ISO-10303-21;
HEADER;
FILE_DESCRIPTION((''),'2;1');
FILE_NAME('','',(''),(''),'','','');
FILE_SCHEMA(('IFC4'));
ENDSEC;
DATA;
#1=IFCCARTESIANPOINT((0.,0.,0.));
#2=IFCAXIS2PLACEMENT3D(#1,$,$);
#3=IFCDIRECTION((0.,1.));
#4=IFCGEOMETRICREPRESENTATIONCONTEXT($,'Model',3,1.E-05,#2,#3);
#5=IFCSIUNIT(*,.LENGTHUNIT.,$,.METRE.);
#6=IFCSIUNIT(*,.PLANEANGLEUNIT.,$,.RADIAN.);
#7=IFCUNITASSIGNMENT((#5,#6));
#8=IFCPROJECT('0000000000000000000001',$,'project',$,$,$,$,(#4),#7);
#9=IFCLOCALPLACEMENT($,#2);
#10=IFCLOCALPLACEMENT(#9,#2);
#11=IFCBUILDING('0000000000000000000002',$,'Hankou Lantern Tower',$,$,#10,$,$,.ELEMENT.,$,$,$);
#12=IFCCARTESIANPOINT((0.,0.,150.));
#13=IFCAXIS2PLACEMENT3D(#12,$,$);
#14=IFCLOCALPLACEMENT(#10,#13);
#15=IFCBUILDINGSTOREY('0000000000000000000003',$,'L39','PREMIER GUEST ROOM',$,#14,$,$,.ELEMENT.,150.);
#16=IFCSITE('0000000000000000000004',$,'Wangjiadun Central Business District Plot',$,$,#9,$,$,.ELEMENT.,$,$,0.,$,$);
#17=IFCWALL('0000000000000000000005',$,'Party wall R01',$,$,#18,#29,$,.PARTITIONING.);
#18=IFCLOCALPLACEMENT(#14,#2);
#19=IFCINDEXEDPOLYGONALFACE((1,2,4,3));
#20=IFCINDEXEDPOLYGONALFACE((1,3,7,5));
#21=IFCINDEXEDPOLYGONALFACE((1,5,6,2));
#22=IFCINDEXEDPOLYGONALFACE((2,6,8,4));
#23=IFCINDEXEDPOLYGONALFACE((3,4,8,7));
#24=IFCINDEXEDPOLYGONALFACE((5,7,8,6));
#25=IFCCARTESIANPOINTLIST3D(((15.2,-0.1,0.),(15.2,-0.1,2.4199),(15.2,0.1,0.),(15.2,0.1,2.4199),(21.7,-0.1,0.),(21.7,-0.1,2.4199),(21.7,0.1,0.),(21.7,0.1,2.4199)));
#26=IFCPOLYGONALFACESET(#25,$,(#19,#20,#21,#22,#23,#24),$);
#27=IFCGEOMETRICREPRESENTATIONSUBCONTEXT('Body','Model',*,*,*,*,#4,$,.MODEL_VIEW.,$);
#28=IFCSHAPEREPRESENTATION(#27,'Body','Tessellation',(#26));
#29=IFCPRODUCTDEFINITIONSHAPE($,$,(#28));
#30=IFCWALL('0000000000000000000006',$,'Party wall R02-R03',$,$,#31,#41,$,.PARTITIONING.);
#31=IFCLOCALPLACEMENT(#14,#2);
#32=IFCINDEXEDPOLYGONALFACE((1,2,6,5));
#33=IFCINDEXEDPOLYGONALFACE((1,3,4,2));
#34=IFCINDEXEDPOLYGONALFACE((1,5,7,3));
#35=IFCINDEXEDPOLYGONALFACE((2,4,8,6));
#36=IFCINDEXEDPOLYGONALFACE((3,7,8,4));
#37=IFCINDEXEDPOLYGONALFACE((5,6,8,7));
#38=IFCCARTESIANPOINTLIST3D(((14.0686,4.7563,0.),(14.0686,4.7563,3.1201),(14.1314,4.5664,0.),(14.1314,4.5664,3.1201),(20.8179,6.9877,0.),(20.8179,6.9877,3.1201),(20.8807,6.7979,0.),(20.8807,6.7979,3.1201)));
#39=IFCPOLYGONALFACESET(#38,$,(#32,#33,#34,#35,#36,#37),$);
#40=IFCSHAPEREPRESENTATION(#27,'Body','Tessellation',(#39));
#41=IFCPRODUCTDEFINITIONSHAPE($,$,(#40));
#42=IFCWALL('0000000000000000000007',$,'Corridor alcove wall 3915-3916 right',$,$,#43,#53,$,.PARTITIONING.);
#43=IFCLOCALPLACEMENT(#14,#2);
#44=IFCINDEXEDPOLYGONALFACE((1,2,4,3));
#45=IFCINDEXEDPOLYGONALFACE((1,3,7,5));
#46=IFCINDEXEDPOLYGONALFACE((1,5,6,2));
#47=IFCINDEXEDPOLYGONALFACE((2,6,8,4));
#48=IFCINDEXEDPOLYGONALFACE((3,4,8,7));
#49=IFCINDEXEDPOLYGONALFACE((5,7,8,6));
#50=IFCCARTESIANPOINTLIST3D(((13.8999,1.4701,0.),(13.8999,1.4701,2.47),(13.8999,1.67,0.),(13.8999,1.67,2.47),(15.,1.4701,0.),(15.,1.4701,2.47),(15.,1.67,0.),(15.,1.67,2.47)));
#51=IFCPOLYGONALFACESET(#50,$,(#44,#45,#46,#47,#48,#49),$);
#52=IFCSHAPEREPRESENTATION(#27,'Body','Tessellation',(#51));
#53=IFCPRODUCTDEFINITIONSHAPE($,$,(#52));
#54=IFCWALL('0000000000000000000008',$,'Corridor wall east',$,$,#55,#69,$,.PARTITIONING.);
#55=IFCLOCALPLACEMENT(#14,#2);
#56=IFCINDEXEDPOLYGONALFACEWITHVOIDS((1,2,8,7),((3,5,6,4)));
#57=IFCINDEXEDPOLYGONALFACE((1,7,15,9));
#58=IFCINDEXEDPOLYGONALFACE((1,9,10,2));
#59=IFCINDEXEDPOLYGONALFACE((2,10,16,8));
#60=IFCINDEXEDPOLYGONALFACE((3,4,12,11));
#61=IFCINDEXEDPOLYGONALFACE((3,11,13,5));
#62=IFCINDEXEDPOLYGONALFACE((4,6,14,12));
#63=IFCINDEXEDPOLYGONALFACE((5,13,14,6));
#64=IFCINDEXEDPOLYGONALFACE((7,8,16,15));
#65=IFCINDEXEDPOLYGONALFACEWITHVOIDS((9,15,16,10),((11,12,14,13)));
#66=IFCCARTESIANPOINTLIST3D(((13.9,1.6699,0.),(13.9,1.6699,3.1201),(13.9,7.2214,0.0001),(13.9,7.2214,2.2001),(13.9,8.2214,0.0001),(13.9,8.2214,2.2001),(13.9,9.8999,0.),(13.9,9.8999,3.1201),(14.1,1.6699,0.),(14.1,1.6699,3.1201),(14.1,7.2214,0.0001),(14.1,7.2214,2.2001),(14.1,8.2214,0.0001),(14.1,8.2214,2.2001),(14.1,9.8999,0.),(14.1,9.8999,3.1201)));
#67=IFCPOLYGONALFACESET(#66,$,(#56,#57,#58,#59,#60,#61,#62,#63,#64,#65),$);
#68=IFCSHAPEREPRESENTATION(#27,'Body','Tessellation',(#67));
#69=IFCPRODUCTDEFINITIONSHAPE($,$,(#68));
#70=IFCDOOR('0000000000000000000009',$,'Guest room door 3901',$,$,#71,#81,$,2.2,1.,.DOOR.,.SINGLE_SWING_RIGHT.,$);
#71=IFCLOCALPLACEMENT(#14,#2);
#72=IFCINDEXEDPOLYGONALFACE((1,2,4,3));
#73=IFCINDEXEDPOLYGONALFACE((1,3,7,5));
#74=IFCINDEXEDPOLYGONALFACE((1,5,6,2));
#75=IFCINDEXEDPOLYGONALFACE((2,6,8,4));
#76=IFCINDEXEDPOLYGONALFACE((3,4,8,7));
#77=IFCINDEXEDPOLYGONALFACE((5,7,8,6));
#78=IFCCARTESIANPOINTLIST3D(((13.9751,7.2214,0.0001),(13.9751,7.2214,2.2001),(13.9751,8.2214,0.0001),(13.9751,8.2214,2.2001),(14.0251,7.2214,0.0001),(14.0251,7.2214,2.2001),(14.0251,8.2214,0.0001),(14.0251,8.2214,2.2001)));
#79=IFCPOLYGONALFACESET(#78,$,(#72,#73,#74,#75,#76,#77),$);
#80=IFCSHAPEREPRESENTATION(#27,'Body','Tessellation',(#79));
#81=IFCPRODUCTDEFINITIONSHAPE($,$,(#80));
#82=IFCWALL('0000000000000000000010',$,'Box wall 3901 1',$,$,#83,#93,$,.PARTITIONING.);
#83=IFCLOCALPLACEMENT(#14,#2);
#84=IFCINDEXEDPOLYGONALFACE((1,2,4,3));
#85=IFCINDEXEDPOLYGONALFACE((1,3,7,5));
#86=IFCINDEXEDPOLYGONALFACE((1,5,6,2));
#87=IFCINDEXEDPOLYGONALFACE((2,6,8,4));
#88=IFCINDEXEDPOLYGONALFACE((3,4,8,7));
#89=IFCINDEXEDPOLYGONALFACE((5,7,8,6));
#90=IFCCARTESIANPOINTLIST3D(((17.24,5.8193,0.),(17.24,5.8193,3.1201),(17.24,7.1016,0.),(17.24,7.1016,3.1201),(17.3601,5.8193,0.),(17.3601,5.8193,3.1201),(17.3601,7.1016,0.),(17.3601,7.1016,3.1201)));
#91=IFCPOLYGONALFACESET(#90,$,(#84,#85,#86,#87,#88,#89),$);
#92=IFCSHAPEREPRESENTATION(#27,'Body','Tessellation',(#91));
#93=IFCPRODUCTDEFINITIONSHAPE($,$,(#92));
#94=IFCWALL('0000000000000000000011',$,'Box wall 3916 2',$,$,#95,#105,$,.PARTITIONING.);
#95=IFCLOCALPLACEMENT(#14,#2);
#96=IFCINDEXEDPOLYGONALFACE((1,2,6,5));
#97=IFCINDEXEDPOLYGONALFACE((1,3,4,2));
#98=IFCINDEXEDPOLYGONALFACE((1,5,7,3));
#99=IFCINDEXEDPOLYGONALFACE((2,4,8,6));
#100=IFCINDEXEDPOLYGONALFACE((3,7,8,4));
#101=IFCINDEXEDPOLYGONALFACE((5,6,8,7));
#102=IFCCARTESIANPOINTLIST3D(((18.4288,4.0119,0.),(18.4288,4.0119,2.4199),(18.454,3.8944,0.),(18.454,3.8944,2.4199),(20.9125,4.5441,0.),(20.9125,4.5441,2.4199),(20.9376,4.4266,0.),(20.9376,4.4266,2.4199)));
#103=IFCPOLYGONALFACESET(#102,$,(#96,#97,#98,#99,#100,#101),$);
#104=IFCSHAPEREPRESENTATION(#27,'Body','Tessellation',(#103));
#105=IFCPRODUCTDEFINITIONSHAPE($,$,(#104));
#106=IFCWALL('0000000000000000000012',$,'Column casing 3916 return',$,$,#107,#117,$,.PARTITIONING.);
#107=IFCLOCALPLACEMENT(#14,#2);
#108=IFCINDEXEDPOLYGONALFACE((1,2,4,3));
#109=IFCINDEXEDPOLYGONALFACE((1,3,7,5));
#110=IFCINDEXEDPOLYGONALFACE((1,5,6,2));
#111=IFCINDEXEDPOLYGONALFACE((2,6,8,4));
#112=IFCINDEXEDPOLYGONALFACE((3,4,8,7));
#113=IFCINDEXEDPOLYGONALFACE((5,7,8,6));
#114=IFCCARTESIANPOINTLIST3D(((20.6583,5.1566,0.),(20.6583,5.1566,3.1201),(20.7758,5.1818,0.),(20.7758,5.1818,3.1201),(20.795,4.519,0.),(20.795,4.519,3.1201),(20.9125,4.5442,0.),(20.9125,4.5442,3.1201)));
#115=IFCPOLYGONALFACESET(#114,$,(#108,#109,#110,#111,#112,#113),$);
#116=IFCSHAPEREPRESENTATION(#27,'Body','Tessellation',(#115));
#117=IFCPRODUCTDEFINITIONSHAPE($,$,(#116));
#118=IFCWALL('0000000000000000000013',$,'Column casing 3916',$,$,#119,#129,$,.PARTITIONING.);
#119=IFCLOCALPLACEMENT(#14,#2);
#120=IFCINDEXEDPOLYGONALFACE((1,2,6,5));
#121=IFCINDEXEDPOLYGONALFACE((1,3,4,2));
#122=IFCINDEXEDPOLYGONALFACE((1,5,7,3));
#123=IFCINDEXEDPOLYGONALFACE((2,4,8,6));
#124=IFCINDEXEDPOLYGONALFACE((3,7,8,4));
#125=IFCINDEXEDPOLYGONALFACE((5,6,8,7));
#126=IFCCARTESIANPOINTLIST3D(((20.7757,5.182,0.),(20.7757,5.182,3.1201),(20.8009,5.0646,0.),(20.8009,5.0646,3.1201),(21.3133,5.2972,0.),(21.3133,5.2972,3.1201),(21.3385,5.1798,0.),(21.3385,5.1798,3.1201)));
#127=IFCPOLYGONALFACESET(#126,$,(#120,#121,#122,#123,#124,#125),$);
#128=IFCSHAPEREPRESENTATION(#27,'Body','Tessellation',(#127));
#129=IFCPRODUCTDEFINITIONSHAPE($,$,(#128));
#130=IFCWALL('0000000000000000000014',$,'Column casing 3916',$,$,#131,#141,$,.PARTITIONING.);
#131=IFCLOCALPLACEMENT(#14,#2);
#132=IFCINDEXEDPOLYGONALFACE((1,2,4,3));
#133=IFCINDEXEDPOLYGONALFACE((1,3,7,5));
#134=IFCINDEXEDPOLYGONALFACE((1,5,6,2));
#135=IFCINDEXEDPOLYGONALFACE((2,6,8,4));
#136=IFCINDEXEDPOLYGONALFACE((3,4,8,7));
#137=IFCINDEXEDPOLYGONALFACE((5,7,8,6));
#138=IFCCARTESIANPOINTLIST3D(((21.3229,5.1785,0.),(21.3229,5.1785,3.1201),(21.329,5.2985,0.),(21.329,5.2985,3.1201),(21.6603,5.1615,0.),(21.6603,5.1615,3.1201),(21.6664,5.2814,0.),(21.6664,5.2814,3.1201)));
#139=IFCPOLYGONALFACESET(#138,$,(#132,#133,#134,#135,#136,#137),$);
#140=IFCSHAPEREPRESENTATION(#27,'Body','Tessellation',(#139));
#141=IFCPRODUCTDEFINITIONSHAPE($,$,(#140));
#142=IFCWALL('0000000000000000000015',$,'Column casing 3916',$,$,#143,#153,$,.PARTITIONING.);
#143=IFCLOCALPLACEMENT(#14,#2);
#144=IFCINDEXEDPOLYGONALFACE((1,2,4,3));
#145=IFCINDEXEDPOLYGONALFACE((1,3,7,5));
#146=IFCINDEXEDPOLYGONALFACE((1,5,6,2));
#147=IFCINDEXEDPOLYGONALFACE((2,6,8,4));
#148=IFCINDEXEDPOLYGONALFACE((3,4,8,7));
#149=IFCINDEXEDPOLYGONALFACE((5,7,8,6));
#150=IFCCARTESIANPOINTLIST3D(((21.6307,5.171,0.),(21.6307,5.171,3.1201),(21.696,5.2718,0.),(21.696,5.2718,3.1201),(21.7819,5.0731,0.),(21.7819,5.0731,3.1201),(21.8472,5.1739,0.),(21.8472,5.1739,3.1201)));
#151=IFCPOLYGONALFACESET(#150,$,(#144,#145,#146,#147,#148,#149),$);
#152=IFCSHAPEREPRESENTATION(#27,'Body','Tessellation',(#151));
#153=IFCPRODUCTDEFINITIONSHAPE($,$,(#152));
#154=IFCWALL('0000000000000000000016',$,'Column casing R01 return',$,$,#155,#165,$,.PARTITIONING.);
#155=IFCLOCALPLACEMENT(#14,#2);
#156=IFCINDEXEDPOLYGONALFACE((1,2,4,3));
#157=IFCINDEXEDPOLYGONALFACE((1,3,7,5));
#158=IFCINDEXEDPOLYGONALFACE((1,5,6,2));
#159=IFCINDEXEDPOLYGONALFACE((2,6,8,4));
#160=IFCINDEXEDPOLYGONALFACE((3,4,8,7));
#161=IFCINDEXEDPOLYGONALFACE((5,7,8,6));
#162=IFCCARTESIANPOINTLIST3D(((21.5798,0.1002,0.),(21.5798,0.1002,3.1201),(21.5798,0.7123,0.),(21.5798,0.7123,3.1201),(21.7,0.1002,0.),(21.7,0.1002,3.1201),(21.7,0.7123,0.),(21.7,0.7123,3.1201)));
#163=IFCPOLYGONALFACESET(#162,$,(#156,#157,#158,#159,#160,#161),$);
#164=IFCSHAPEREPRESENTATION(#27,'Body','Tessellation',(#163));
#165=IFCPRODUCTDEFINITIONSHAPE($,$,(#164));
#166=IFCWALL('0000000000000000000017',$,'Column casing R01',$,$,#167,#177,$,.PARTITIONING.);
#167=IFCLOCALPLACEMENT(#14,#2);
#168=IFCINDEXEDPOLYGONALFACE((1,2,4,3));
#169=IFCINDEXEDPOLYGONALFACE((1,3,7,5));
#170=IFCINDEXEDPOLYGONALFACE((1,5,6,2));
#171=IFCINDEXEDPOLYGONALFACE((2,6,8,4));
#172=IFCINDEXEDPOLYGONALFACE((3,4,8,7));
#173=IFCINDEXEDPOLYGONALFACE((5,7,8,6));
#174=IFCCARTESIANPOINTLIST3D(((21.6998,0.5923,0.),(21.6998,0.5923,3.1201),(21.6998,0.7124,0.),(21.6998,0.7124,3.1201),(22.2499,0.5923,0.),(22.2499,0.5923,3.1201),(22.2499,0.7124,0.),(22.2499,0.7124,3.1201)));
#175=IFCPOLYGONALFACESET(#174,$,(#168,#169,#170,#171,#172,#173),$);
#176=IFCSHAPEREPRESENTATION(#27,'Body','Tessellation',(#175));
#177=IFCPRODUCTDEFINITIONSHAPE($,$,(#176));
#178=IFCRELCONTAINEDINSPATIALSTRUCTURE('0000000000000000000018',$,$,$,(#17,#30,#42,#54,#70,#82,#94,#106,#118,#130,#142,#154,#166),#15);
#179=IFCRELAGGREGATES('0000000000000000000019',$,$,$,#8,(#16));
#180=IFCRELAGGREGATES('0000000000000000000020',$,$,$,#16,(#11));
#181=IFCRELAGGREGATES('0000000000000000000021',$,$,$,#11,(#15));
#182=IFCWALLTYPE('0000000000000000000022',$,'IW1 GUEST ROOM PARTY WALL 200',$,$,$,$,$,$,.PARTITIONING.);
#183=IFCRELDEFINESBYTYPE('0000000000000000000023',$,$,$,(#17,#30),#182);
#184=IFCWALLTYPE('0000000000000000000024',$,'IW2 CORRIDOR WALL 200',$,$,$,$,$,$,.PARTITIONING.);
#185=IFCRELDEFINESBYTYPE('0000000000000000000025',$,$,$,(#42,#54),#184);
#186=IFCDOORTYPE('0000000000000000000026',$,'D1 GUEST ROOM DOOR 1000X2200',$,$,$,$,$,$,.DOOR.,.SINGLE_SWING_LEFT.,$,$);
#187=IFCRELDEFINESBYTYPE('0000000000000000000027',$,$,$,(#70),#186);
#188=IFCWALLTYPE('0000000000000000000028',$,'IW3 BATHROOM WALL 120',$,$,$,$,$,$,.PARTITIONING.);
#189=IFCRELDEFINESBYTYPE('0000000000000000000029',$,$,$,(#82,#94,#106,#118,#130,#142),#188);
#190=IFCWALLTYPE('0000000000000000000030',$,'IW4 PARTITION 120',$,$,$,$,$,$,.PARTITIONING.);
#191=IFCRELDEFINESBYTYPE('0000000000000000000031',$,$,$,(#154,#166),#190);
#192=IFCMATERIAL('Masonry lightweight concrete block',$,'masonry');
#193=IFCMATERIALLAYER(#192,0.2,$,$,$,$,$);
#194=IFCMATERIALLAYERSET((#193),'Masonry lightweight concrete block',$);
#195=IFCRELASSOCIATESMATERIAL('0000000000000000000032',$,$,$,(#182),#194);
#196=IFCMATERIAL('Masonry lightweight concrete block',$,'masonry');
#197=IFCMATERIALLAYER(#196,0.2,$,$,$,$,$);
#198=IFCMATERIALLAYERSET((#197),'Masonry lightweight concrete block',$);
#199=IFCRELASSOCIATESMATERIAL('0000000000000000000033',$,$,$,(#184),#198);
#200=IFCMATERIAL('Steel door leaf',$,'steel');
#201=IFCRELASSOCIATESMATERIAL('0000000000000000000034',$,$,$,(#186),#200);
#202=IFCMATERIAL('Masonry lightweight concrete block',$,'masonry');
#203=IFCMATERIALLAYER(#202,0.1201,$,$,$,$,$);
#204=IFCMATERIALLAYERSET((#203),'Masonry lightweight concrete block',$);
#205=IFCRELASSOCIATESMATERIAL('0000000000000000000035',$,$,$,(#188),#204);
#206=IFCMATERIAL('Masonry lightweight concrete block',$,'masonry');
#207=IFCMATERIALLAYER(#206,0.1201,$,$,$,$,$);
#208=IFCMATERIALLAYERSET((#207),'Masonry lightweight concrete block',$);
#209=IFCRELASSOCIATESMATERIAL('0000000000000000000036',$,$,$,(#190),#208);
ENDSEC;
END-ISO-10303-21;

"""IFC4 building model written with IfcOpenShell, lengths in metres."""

from ifc_helpers import new_model, si_unit, direction, frame, frame_2d, origin, place, context, subcontext, project, spatial, rectangle, extrude, material, layer, layer_set, type_object, element, fill, save


model = new_model("IFC4")

# Units and contexts
model_context = context("Model", 3, precision=1e-05, world=origin(), true_north=direction((0.0, 1.0)))
body_context = subcontext(model_context, "Body", "Model", "MODEL_VIEW")
ifc_project = project(units=[si_unit("LENGTHUNIT", "METRE"), si_unit("PLANEANGLEUNIT", "RADIAN")], contexts=[model_context])

# Site, building, storey
site_placement = place(None, origin())
site = spatial("IfcSite", under=ifc_project, at=site_placement, Name="Wangjiadun Central Business District Plot", CompositionType="ELEMENT", RefElevation=0.0)
building_placement = place(site_placement, origin())
building = spatial("IfcBuilding", under=site, at=building_placement, Name="Hankou Lantern Tower", CompositionType="ELEMENT")
storey_placement = place(building_placement, frame((0.0, 0.0, 150.0)))
storey = spatial("IfcBuildingStorey", under=building, at=storey_placement, Name="L39", Description="PREMIER GUEST ROOM", CompositionType="ELEMENT", Elevation=150.0)

# Walls
ifc_material_1 = material(Name="Masonry lightweight concrete block", Category="masonry")
ifc_layer_1 = layer(ifc_material_1, 0.2)
ifc_layer_set_1 = layer_set([ifc_layer_1], Name="Masonry lightweight concrete block")
wall_type_1 = type_object("IfcWallType", Name="IW1 GUEST ROOM PARTY WALL 200", PredefinedType="PARTITIONING", material=ifc_layer_set_1)
wall_1_placement = place(storey_placement, frame((15.2, 0.0, 0.0), z_axis=(0.0, 0.0, 1.0), x_axis=(1.0, 0.0, 0.0)))
element("IfcWall", 1, at=wall_1_placement, inside=storey, type_object=wall_type_1, Name="Party wall R01", PredefinedType="PARTITIONING", context=body_context, shape_type="SweptSolid", body=[
    extrude(rectangle(XDim=6.5, YDim=0.2, at=frame_2d((3.25, 0.0))), origin(), (0.0, 0.0, 1.0), 2.4199),
])
wall_2_placement = place(storey_placement, frame((14.1001, 4.6614, 0.0), z_axis=(0.0, 0.0, 1.0), x_axis=(0.949453, 0.313909, 0.0)))
element("IfcWall", 2, at=wall_2_placement, inside=storey, type_object=wall_type_1, Name="Party wall R02-R03", PredefinedType="PARTITIONING", context=body_context, shape_type="SweptSolid", body=[
    extrude(rectangle(XDim=7.1086, YDim=0.2, at=frame_2d((3.5542, 0.0))), origin(), (0.0, 0.0, 1.0), 3.1201),
])
ifc_material_2 = material(Name="Masonry lightweight concrete block", Category="masonry")
ifc_layer_2 = layer(ifc_material_2, 0.2)
ifc_layer_set_2 = layer_set([ifc_layer_2], Name="Masonry lightweight concrete block")
wall_type_2 = type_object("IfcWallType", Name="IW2 CORRIDOR WALL 200", PredefinedType="PARTITIONING", material=ifc_layer_set_2)
wall_3_placement = place(storey_placement, frame((13.8999, 1.5701, 0.0), z_axis=(0.0, 0.0, 1.0), x_axis=(1.0, 0.0, 0.0)))
element("IfcWall", 3, at=wall_3_placement, inside=storey, type_object=wall_type_2, Name="Corridor alcove wall 3915-3916 right", PredefinedType="PARTITIONING", context=body_context, shape_type="SweptSolid", body=[
    extrude(rectangle(XDim=1.1001, YDim=0.2, at=frame_2d((0.55, 0.0))), origin(), (0.0, 0.0, 1.0), 2.47),
])

# Wall, opening, door
wall_4_placement = place(storey_placement, frame((14.0, 1.6699, 0.0), z_axis=(0.0, 0.0, 1.0), x_axis=(0.0, 1.0, 0.0)))
wall_4 = element("IfcWall", 4, at=wall_4_placement, inside=storey, type_object=wall_type_2, Name="Corridor wall east", PredefinedType="PARTITIONING", context=body_context, shape_type="SweptSolid", body=[
    extrude(rectangle(XDim=8.23, YDim=0.2, at=frame_2d((4.115, 0.0))), origin(), (0.0, 0.0, 1.0), 3.1201),
])
opening_1_placement = place(wall_4_placement, frame((5.5515, 0.0, 0.0)))
opening_1 = element("IfcOpeningElement", 5, at=opening_1_placement, cuts=wall_4, PredefinedType="OPENING", context=body_context, shape_type="SweptSolid", body=[
    extrude(rectangle(XDim=1.0, YDim=2.2, at=frame_2d((0.5, 1.1001))), frame((0.0, 0.1099, 0.0), z_axis=(0.0, -1.0, 0.0), x_axis=(1.0, 0.0, 0.0)), (0.0, 0.0, 1.0), 0.22),
])
ifc_material_3 = material(Name="Steel door leaf", Category="steel")
door_type = type_object("IfcDoorType", Name="D1 GUEST ROOM DOOR 1000X2200", OperationType="SINGLE_SWING_LEFT", PredefinedType="DOOR", material=ifc_material_3)
door_placement = place(opening_1_placement, origin())
door = element("IfcDoor", 6, at=door_placement, inside=storey, type_object=door_type, Name="Guest room door 3901", OperationType="SINGLE_SWING_RIGHT", OverallHeight=2.2, OverallWidth=1.0, PredefinedType="DOOR", context=body_context, shape_type="SweptSolid", body=[
    extrude(rectangle(XDim=1.0, YDim=2.2, at=frame_2d((0.5, 1.1001))), frame((0.0, 0.0249, 0.0), z_axis=(0.0, -1.0, 0.0), x_axis=(1.0, 0.0, 0.0)), (0.0, 0.0, 1.0), 0.05),
])
fill(opening_1, door)

# Walls
ifc_material_4 = material(Name="Masonry lightweight concrete block", Category="masonry")
ifc_layer_3 = layer(ifc_material_4, 0.1201)
ifc_layer_set_3 = layer_set([ifc_layer_3], Name="Masonry lightweight concrete block")
wall_type_3 = type_object("IfcWallType", Name="IW3 BATHROOM WALL 120", PredefinedType="PARTITIONING", material=ifc_layer_set_3)
wall_5_placement = place(storey_placement, frame((17.3, 5.8193, 0.0), z_axis=(0.0, 0.0, 1.0), x_axis=(0.0, 1.0, 0.0)))
element("IfcWall", 7, at=wall_5_placement, inside=storey, type_object=wall_type_3, Name="Box wall 3901 1", PredefinedType="PARTITIONING", context=body_context, shape_type="SweptSolid", body=[
    extrude(rectangle(XDim=1.2822, YDim=0.1201, at=frame_2d((0.6411, 0.0))), origin(), (0.0, 0.0, 1.0), 3.1201),
])
wall_6_placement = place(storey_placement, frame((18.4414, 3.9531, 0.0), z_axis=(0.0, 0.0, 1.0), x_axis=(0.977801, 0.209536, 0.0)))
element("IfcWall", 8, at=wall_6_placement, inside=storey, type_object=wall_type_3, Name="Box wall 3916 2", PredefinedType="PARTITIONING", context=body_context, shape_type="SweptSolid", body=[
    extrude(rectangle(XDim=2.54, YDim=0.1201, at=frame_2d((1.27, 0.0))), origin(), (0.0, 0.0, 1.0), 2.4199),
])
wall_7_placement = place(storey_placement, frame((20.8538, 4.5315, 0.0), z_axis=(0.0, 0.0, 1.0), x_axis=(-0.209631, 0.97778, 0.0)))
element("IfcWall", 9, at=wall_7_placement, inside=storey, type_object=wall_type_3, Name="Column casing 3916 return", PredefinedType="PARTITIONING", context=body_context, shape_type="SweptSolid", body=[
    extrude(rectangle(XDim=0.6521, YDim=0.1201, at=frame_2d((0.3262, 0.0))), origin(), (0.0, 0.0, 1.0), 3.1201),
])
wall_8_placement = place(storey_placement, frame((20.7883, 5.1233, 0.0), z_axis=(0.0, 0.0, 1.0), x_axis=(0.977789, 0.20959, 0.0)))
element("IfcWall", 10, at=wall_8_placement, inside=storey, type_object=wall_type_3, Name="Column casing 3916", PredefinedType="PARTITIONING", context=body_context, shape_type="SweptSolid", body=[
    extrude(rectangle(XDim=0.5498, YDim=0.1201, at=frame_2d((0.2749, 0.0))), origin(), (0.0, 0.0, 1.0), 3.1201),
])
wall_9_placement = place(storey_placement, frame((21.3259, 5.2385, 0.0), z_axis=(0.0, 0.0, 1.0), x_axis=(0.99872, -0.050586, 0.0)))
element("IfcWall", 11, at=wall_9_placement, inside=storey, type_object=wall_type_3, Name="Column casing 3916", PredefinedType="PARTITIONING", context=body_context, shape_type="SweptSolid", body=[
    extrude(rectangle(XDim=0.3379, YDim=0.1201, at=frame_2d((0.1689, 0.0))), origin(), (0.0, 0.0, 1.0), 3.1201),
])
wall_10_placement = place(storey_placement, frame((21.6633, 5.2214, 0.0), z_axis=(0.0, 0.0, 1.0), x_axis=(0.839279, -0.543701, 0.0)))
element("IfcWall", 12, at=wall_10_placement, inside=storey, type_object=wall_type_3, Name="Column casing 3916", PredefinedType="PARTITIONING", context=body_context, shape_type="SweptSolid", body=[
    extrude(rectangle(XDim=0.1802, YDim=0.1201, at=frame_2d((0.0901, 0.0))), origin(), (0.0, 0.0, 1.0), 3.1201),
])
ifc_material_5 = material(Name="Masonry lightweight concrete block", Category="masonry")
ifc_layer_4 = layer(ifc_material_5, 0.1201)
ifc_layer_set_4 = layer_set([ifc_layer_4], Name="Masonry lightweight concrete block")
wall_type_4 = type_object("IfcWallType", Name="IW4 PARTITION 120", PredefinedType="PARTITIONING", material=ifc_layer_set_4)
wall_11_placement = place(storey_placement, frame((21.6399, 0.1001, 0.0), z_axis=(0.0, 0.0, 1.0), x_axis=(0.0, 1.0, 0.0)))
element("IfcWall", 13, at=wall_11_placement, inside=storey, type_object=wall_type_4, Name="Column casing R01 return", PredefinedType="PARTITIONING", context=body_context, shape_type="SweptSolid", body=[
    extrude(rectangle(XDim=0.6121, YDim=0.1201, at=frame_2d((0.3062, 0.0))), origin(), (0.0, 0.0, 1.0), 3.1201),
])
wall_12_placement = place(storey_placement, frame((21.7, 0.6523, 0.0), z_axis=(0.0, 0.0, 1.0), x_axis=(1.0, 0.0, 0.0)))
element("IfcWall", 14, at=wall_12_placement, inside=storey, type_object=wall_type_4, Name="Column casing R01", PredefinedType="PARTITIONING", context=body_context, shape_type="SweptSolid", body=[
    extrude(rectangle(XDim=0.55, YDim=0.1201, at=frame_2d((0.2749, 0.0))), origin(), (0.0, 0.0, 1.0), 3.1201),
])

save(model, "model.ifc")
